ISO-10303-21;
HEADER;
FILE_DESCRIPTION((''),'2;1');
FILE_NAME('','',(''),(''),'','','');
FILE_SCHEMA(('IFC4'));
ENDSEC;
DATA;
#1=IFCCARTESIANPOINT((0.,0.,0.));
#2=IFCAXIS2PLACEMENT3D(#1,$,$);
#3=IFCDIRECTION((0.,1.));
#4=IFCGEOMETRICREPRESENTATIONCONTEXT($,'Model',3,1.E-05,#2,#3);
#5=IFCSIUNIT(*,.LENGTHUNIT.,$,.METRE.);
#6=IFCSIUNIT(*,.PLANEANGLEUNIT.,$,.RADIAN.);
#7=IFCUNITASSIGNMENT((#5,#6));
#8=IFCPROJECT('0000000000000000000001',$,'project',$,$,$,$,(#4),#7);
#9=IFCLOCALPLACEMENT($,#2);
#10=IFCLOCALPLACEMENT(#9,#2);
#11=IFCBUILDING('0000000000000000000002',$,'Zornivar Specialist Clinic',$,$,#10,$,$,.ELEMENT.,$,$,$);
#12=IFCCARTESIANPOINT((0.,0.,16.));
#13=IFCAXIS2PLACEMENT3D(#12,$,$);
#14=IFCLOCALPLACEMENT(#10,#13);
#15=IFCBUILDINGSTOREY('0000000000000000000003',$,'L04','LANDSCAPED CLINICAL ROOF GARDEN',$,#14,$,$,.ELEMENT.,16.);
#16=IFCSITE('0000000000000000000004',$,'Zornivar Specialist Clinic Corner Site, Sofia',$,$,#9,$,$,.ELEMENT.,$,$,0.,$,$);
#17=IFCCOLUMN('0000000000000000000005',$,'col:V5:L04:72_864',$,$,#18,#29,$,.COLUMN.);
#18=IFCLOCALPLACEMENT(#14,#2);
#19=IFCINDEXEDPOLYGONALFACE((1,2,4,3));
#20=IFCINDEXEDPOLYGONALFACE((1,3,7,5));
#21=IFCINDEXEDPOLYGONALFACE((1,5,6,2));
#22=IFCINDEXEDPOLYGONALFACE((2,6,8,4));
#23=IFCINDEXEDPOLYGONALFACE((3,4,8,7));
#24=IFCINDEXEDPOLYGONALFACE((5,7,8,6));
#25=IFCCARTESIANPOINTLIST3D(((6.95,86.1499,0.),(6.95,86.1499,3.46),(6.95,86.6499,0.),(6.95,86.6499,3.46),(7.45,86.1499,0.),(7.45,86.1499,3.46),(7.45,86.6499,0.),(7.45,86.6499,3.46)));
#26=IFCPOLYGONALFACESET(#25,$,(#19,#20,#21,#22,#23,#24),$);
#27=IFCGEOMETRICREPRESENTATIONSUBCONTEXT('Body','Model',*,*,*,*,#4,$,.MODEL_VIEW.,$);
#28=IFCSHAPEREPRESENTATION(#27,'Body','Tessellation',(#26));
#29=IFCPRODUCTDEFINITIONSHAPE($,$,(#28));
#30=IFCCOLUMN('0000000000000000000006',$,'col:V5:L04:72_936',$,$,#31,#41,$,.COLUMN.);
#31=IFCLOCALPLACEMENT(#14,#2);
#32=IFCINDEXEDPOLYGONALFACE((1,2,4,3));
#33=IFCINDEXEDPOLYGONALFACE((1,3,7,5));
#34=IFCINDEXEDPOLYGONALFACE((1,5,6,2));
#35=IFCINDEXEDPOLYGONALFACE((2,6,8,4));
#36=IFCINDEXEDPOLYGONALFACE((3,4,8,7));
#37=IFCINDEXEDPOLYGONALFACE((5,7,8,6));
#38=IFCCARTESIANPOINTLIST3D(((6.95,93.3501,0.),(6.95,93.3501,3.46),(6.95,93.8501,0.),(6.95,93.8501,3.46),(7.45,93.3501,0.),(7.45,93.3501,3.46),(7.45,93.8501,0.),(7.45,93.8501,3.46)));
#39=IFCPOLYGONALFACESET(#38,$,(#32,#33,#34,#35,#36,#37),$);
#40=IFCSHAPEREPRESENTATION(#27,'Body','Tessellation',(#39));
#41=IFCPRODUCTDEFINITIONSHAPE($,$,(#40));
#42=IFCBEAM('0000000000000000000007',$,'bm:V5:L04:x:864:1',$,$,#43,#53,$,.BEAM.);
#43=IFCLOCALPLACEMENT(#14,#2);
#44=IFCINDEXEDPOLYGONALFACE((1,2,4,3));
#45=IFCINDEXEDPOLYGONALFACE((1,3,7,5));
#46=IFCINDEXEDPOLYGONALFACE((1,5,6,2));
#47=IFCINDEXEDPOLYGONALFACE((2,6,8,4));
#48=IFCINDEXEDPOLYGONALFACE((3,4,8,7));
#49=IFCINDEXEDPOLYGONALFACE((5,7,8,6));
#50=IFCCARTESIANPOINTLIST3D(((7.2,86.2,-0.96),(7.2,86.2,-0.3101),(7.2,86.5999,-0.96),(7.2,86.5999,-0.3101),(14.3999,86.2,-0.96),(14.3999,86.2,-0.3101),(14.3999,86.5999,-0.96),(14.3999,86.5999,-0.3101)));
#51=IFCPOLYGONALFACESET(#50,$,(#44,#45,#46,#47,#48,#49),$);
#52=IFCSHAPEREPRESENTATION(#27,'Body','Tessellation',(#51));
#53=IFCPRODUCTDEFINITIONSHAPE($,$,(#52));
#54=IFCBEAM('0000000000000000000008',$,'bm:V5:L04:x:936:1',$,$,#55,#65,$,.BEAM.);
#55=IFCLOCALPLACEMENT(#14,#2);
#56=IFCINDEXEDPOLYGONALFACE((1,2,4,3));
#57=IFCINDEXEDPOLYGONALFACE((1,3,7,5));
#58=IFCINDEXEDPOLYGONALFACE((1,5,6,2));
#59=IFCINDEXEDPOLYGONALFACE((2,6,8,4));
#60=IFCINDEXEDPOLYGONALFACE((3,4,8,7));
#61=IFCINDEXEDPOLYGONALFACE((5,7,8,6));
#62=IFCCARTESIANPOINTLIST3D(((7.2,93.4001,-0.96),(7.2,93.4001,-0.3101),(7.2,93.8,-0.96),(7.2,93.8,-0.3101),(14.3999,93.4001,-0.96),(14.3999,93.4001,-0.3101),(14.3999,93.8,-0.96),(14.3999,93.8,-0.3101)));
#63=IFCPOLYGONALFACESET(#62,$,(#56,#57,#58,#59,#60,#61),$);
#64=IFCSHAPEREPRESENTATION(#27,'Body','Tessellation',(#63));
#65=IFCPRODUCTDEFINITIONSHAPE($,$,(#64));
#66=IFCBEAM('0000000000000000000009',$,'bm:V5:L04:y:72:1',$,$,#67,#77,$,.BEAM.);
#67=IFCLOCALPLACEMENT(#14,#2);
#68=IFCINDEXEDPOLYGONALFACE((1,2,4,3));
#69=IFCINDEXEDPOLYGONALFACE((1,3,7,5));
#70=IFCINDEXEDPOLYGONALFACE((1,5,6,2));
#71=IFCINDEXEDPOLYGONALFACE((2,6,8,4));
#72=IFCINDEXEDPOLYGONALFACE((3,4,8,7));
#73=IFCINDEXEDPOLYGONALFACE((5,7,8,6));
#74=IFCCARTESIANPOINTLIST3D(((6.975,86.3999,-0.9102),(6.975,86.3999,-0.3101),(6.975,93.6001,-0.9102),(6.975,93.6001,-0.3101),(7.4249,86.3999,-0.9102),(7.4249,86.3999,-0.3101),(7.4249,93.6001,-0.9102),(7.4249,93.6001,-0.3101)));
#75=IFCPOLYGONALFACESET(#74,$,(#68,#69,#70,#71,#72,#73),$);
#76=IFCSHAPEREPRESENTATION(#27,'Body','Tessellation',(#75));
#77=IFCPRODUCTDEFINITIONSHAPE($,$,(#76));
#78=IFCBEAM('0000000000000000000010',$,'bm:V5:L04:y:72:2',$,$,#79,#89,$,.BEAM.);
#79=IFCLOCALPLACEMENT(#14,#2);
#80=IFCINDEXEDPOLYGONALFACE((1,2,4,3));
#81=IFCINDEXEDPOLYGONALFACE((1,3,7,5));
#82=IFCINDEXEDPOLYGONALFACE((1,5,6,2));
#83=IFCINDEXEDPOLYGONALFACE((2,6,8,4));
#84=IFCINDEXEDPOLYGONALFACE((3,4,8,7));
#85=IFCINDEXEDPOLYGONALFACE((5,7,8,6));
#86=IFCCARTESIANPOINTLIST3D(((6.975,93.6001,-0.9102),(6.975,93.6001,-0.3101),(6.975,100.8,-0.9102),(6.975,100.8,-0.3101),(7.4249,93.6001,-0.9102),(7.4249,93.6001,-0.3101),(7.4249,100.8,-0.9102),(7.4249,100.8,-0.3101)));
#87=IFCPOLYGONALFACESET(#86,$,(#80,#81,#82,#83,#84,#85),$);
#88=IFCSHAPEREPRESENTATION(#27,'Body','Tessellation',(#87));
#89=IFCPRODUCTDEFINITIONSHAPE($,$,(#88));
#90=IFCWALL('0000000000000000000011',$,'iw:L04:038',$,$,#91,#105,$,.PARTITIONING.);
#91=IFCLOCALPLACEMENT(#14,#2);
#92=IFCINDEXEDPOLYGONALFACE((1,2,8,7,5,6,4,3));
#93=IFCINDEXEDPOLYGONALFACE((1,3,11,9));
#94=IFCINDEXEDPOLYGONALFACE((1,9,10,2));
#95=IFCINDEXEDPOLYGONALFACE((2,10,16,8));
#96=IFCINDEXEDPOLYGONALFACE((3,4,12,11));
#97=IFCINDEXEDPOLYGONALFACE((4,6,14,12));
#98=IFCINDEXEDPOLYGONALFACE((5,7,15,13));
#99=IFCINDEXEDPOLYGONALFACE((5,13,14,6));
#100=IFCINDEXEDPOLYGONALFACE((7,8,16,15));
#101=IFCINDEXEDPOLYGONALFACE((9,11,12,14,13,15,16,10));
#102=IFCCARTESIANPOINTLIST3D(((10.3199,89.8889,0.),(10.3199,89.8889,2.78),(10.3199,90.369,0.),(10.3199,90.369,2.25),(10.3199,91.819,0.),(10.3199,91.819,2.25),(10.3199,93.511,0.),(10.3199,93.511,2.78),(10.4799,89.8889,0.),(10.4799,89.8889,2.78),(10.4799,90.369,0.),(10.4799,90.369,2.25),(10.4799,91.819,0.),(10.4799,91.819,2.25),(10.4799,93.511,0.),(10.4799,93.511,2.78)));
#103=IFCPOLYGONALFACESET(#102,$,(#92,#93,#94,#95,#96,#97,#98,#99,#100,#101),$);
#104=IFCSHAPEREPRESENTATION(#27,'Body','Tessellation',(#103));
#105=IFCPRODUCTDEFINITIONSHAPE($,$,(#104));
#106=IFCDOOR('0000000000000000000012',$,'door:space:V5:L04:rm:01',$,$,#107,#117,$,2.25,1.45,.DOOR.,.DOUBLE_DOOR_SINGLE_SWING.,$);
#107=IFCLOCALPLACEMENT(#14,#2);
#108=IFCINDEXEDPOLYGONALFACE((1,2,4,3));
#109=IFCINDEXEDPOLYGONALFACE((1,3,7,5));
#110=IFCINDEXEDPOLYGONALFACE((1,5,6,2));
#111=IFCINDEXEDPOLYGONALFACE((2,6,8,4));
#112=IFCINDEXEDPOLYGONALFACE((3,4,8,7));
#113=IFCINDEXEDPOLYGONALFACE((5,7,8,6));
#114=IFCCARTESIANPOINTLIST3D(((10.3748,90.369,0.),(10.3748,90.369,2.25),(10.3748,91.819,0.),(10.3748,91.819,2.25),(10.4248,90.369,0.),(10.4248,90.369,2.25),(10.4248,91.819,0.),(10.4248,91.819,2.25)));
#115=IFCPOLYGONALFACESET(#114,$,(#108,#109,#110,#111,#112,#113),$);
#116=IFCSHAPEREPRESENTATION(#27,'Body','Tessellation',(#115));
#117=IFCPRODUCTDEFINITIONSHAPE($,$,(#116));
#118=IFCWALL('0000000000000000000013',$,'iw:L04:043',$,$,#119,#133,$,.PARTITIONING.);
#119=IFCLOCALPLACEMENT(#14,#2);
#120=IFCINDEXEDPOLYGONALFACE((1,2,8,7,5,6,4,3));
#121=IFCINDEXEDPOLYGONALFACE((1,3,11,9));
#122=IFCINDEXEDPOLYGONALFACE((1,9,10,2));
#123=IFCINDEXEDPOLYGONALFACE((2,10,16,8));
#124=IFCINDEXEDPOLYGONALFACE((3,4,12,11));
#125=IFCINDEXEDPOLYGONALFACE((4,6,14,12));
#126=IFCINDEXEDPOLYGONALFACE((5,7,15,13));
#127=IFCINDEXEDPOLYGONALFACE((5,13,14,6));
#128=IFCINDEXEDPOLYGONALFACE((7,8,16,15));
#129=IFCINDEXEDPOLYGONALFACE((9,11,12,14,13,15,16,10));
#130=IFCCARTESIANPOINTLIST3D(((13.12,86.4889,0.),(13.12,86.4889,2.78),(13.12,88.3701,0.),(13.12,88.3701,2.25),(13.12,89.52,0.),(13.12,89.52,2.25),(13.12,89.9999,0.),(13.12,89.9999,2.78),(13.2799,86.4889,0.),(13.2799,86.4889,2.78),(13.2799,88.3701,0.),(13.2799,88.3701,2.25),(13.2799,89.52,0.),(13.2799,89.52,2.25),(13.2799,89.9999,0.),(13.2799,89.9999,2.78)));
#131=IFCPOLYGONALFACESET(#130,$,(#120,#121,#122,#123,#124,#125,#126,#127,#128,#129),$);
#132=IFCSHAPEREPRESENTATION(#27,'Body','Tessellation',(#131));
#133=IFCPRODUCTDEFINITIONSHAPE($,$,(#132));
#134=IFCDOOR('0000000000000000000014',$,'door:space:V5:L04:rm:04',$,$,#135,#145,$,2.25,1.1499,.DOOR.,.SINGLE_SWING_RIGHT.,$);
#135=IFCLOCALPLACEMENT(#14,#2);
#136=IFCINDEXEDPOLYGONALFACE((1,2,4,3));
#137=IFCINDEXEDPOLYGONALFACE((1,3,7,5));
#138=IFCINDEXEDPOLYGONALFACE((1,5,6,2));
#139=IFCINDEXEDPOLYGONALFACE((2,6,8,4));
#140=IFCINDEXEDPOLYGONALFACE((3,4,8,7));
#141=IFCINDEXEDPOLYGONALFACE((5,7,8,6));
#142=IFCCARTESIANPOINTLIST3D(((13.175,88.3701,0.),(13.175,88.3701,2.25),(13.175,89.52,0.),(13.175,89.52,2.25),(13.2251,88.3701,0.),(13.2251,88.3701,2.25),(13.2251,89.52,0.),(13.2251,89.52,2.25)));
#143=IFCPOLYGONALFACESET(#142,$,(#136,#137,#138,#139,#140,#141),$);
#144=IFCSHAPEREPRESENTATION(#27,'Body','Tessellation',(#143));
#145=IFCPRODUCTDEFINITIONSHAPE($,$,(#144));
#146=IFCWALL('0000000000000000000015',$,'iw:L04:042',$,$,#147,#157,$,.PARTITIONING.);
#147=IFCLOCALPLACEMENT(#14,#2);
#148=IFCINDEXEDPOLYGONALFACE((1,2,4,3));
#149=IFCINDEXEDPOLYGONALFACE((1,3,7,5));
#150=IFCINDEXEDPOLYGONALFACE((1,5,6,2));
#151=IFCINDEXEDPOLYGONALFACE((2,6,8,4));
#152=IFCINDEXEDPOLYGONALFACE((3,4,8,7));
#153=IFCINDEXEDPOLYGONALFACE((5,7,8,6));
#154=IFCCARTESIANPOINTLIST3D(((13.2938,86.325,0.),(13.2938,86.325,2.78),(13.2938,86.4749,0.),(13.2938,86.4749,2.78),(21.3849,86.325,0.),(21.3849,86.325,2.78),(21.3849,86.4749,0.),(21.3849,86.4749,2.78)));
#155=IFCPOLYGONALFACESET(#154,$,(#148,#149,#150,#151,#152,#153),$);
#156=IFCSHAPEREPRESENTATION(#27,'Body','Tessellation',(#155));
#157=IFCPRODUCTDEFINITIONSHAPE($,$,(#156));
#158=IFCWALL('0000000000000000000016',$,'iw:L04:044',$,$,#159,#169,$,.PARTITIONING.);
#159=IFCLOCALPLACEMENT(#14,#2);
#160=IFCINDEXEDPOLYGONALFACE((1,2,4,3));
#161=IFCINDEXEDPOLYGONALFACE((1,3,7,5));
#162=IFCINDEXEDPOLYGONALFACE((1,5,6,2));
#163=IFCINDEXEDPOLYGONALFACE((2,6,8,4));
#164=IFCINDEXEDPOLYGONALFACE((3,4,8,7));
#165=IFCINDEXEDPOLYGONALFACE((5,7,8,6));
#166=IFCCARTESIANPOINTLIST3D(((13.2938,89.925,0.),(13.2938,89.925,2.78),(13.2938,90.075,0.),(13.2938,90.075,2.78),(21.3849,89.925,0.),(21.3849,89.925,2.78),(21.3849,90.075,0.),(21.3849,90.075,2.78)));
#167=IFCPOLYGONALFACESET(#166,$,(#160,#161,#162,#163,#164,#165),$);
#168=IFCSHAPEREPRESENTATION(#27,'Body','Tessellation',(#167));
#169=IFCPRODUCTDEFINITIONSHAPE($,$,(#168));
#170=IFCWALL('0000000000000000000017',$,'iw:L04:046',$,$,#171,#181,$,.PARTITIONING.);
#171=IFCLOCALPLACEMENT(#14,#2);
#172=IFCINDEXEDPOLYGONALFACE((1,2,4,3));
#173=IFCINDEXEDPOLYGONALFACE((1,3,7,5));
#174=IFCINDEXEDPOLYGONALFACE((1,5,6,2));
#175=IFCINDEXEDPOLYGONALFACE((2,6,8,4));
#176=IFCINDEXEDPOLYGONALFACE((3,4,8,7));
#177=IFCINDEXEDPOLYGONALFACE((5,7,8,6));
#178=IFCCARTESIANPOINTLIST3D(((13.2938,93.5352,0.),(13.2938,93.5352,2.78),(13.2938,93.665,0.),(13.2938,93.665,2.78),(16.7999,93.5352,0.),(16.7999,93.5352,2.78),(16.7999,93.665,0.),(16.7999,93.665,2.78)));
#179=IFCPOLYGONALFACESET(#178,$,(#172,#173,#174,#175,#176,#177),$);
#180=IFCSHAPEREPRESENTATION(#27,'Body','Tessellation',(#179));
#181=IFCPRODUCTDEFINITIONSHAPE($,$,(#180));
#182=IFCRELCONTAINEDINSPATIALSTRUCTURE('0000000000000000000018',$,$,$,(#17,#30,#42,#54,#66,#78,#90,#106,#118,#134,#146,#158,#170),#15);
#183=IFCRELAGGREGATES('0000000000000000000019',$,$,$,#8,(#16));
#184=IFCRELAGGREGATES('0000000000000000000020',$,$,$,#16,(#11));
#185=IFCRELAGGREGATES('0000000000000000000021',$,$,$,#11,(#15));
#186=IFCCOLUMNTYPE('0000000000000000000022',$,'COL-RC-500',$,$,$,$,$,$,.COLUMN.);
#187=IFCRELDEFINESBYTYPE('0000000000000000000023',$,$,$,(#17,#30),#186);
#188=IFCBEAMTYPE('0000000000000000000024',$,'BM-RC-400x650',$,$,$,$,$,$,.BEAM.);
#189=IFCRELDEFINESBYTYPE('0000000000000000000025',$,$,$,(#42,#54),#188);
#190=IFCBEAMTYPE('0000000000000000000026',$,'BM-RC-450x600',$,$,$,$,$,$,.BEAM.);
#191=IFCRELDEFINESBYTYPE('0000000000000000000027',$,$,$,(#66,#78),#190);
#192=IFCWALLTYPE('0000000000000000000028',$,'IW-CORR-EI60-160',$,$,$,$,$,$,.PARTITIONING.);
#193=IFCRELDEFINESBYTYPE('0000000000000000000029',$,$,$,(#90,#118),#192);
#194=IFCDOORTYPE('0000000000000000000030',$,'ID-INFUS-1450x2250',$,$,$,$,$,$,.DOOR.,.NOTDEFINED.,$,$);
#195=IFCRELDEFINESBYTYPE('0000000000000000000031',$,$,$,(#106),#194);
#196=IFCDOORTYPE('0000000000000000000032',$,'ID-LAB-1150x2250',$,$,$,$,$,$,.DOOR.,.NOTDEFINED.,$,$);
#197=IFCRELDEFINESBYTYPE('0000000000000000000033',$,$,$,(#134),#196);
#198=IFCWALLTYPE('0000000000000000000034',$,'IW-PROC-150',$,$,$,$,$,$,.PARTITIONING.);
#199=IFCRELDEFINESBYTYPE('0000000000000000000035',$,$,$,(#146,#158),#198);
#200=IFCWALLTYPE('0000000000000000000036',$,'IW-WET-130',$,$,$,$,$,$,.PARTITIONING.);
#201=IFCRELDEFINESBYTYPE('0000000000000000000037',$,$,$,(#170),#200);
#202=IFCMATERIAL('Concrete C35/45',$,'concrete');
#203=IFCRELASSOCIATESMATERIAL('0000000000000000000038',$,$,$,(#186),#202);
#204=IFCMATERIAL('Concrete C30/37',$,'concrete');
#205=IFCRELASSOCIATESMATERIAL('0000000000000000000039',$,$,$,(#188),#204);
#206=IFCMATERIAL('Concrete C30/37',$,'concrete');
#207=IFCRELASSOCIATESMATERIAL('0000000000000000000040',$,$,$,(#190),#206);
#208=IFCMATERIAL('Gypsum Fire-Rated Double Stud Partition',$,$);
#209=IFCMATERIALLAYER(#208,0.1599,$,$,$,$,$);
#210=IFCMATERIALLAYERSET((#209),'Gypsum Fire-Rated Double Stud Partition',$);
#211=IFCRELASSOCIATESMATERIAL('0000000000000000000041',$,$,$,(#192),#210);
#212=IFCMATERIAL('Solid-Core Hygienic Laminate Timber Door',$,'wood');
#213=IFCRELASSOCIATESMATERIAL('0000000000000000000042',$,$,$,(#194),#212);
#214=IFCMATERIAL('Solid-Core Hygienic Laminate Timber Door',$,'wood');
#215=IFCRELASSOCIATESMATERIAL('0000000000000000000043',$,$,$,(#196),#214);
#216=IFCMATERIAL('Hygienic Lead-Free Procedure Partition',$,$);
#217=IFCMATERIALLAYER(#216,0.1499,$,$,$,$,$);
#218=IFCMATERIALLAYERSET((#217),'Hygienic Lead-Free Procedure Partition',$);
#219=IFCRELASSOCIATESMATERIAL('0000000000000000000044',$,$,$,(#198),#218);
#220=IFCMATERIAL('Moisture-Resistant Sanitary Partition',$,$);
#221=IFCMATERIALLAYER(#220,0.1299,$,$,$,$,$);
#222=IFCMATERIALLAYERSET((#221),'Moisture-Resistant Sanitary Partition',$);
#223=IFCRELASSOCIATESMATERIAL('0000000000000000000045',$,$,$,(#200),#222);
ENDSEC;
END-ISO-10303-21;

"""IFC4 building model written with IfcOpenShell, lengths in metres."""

from ifc_helpers import new_model, si_unit, direction, frame, frame_2d, origin, origin_2d, place, context, subcontext, project, spatial, rectangle, extrude, material, layer, layer_set, material_profile, profile_set, type_object, element, fill, save


model = new_model("IFC4")

# Units and contexts
model_context = context("Model", 3, precision=1e-05, world=origin(), true_north=direction((0.0, 1.0)))
body_context = subcontext(model_context, "Body", "Model", "MODEL_VIEW")
ifc_project = project(units=[si_unit("LENGTHUNIT", "METRE"), si_unit("PLANEANGLEUNIT", "RADIAN")], contexts=[model_context])

# Site, building, storey
site_placement = place(None, origin())
site = spatial("IfcSite", under=ifc_project, at=site_placement, Name="Zornivar Specialist Clinic Corner Site, Sofia", CompositionType="ELEMENT", RefElevation=0.0)
building_placement = place(site_placement, origin())
building = spatial("IfcBuilding", under=site, at=building_placement, Name="Zornivar Specialist Clinic", CompositionType="ELEMENT")
storey_placement = place(building_placement, frame((0.0, 0.0, 16.0)))
storey = spatial("IfcBuildingStorey", under=building, at=storey_placement, Name="L04", Description="LANDSCAPED CLINICAL ROOF GARDEN", CompositionType="ELEMENT", Elevation=16.0)

# Columns
ifc_material_1 = material(Name="Concrete C35/45", Category="concrete")
ifc_material_profile_1 = material_profile(ifc_material_1, rectangle(XDim=0.5, YDim=0.5, at=origin_2d()), Name="RC 500x500")
ifc_profile_set_1 = profile_set([ifc_material_profile_1], Name="Concrete C35/45")
column_type = type_object("IfcColumnType", Name="COL-RC-500", PredefinedType="COLUMN", material=ifc_profile_set_1)
for number, where, z_axis, x_axis, name in (
    (1, (7.2, 86.3999, 0.0), (0.0, 0.0, 1.0), (1.0, 0.0, 0.0), "col:V5:L04:72_864"),
    (2, (7.2, 93.6001, 0.0), (0.0, 0.0, 1.0), (1.0, 0.0, 0.0), "col:V5:L04:72_936"),
):
    element("IfcColumn", number, at=place(storey_placement, frame(where, z_axis=z_axis, x_axis=x_axis)), inside=storey, type_object=column_type, Name=name, PredefinedType="COLUMN", context=body_context, shape_type="SweptSolid", body=[
        extrude(rectangle(XDim=0.5, YDim=0.5, at=origin_2d()), origin(), (0.0, 0.0, 1.0), 3.46),
    ])

# Beams
ifc_material_2 = material(Name="Concrete C30/37", Category="concrete")
ifc_material_profile_2 = material_profile(ifc_material_2, rectangle(XDim=0.3999, YDim=0.6499, at=origin_2d()), Name="RC 400x650")
ifc_profile_set_2 = profile_set([ifc_material_profile_2], Name="Concrete C30/37")
beam_type_1 = type_object("IfcBeamType", Name="BM-RC-400x650", PredefinedType="BEAM", material=ifc_profile_set_2)
for number, where, z_axis, x_axis, name in (
    (3, (7.2, 86.3999, -0.635), (1.0, 0.0, 0.0), (0.0, 1.0, 0.0), "bm:V5:L04:x:864:1"),
    (4, (7.2, 93.6001, -0.635), (1.0, 0.0, 0.0), (0.0, 1.0, 0.0), "bm:V5:L04:x:936:1"),
):
    element("IfcBeam", number, at=place(storey_placement, frame(where, z_axis=z_axis, x_axis=x_axis)), inside=storey, type_object=beam_type_1, Name=name, PredefinedType="BEAM", context=body_context, shape_type="SweptSolid", body=[
        extrude(rectangle(XDim=0.3999, YDim=0.6499, at=origin_2d()), origin(), (0.0, 0.0, 1.0), 7.2),
    ])
ifc_material_3 = material(Name="Concrete C30/37", Category="concrete")
ifc_material_profile_3 = material_profile(ifc_material_3, rectangle(XDim=0.45, YDim=0.6001, at=origin_2d()), Name="RC 450x600")
ifc_profile_set_3 = profile_set([ifc_material_profile_3], Name="Concrete C30/37")
beam_type_2 = type_object("IfcBeamType", Name="BM-RC-450x600", PredefinedType="BEAM", material=ifc_profile_set_3)
beam_1_placement = place(storey_placement, frame((7.2, 86.3999, -0.6101), z_axis=(0.0, 1.0, 0.0), x_axis=(-1.0, 0.0, 0.0)))
element("IfcBeam", 5, at=beam_1_placement, inside=storey, type_object=beam_type_2, Name="bm:V5:L04:y:72:1", PredefinedType="BEAM", context=body_context, shape_type="SweptSolid", body=[
    extrude(rectangle(XDim=0.45, YDim=0.6001, at=origin_2d()), origin(), (0.0, 0.0, 1.0), 7.2002),
])
beam_2_placement = place(storey_placement, frame((7.2, 93.6001, -0.6101), z_axis=(0.0, 1.0, 0.0), x_axis=(-1.0, 0.0, 0.0)))
element("IfcBeam", 6, at=beam_2_placement, inside=storey, type_object=beam_type_2, Name="bm:V5:L04:y:72:2", PredefinedType="BEAM", context=body_context, shape_type="SweptSolid", body=[
    extrude(rectangle(XDim=0.45, YDim=0.6001, at=origin_2d()), origin(), (0.0, 0.0, 1.0), 7.2),
])

# Walls, openings, doors
ifc_material_4 = material(Name="Gypsum Fire-Rated Double Stud Partition")
ifc_layer_1 = layer(ifc_material_4, 0.1599)
ifc_layer_set_1 = layer_set([ifc_layer_1], Name="Gypsum Fire-Rated Double Stud Partition")
wall_type_1 = type_object("IfcWallType", Name="IW-CORR-EI60-160", PredefinedType="PARTITIONING", material=ifc_layer_set_1)
wall_1_placement = place(storey_placement, frame((10.3999, 93.511, 0.0), z_axis=(0.0, 0.0, 1.0), x_axis=(0.0, -1.0, 0.0)))
wall_1 = element("IfcWall", 7, at=wall_1_placement, inside=storey, type_object=wall_type_1, Name="iw:L04:038", PredefinedType="PARTITIONING", context=body_context, shape_type="SweptSolid", body=[
    extrude(rectangle(XDim=3.6221, YDim=0.1599, at=frame_2d((1.811, 0.0))), origin(), (0.0, 0.0, 1.0), 2.78),
])
opening_1_placement = place(wall_1_placement, frame((1.6919, 0.0, 0.0)))
opening_1 = element("IfcOpeningElement", 8, at=opening_1_placement, cuts=wall_1, PredefinedType="OPENING", context=body_context, shape_type="SweptSolid", body=[
    extrude(rectangle(XDim=1.45, YDim=2.25, at=frame_2d((0.7251, 1.125))), frame((0.0, 0.0898, 0.0), z_axis=(0.0, -1.0, 0.0), x_axis=(1.0, 0.0, 0.0)), (0.0, 0.0, 1.0), 0.1799),
])
ifc_material_5 = material(Name="Solid-Core Hygienic Laminate Timber Door", Category="wood")
door_type_1 = type_object("IfcDoorType", Name="ID-INFUS-1450x2250", OperationType="NOTDEFINED", PredefinedType="DOOR", material=ifc_material_5)
door_1_placement = place(opening_1_placement, origin())
door_1 = element("IfcDoor", 9, at=door_1_placement, inside=storey, type_object=door_type_1, Name="door:space:V5:L04:rm:01", OperationType="DOUBLE_DOOR_SINGLE_SWING", OverallHeight=2.25, OverallWidth=1.45, PredefinedType="DOOR", context=body_context, shape_type="SweptSolid", body=[
    extrude(rectangle(XDim=1.45, YDim=2.25, at=frame_2d((0.7251, 1.125))), frame((0.0, 0.0249, 0.0), z_axis=(0.0, -1.0, 0.0), x_axis=(1.0, 0.0, 0.0)), (0.0, 0.0, 1.0), 0.05),
])
fill(opening_1, door_1)
wall_2_placement = place(storey_placement, frame((13.2, 86.489, 0.0), z_axis=(0.0, 0.0, 1.0), x_axis=(0.0, 1.0, 0.0)))
wall_2 = element("IfcWall", 10, at=wall_2_placement, inside=storey, type_object=wall_type_1, Name="iw:L04:043", PredefinedType="PARTITIONING", context=body_context, shape_type="SweptSolid", body=[
    extrude(rectangle(XDim=3.511, YDim=0.1599, at=frame_2d((1.7554, 0.0))), origin(), (0.0, 0.0, 1.0), 2.78),
])
opening_2_placement = place(wall_2_placement, frame((1.8811, 0.0, 0.0)))
opening_2 = element("IfcOpeningElement", 11, at=opening_2_placement, cuts=wall_2, PredefinedType="OPENING", context=body_context, shape_type="SweptSolid", body=[
    extrude(rectangle(XDim=1.1499, YDim=2.25, at=frame_2d((0.575, 1.125))), frame((0.0, 0.0898, 0.0), z_axis=(0.0, -1.0, 0.0), x_axis=(1.0, 0.0, 0.0)), (0.0, 0.0, 1.0), 0.1799),
])
ifc_material_6 = material(Name="Solid-Core Hygienic Laminate Timber Door", Category="wood")
door_type_2 = type_object("IfcDoorType", Name="ID-LAB-1150x2250", OperationType="NOTDEFINED", PredefinedType="DOOR", material=ifc_material_6)
door_2_placement = place(opening_2_placement, origin())
door_2 = element("IfcDoor", 12, at=door_2_placement, inside=storey, type_object=door_type_2, Name="door:space:V5:L04:rm:04", OperationType="SINGLE_SWING_RIGHT", OverallHeight=2.25, OverallWidth=1.1499, PredefinedType="DOOR", context=body_context, shape_type="SweptSolid", body=[
    extrude(rectangle(XDim=1.1499, YDim=2.25, at=frame_2d((0.575, 1.125))), frame((0.0, 0.0249, 0.0), z_axis=(0.0, -1.0, 0.0), x_axis=(1.0, 0.0, 0.0)), (0.0, 0.0, 1.0), 0.05),
])
fill(opening_2, door_2)

# Walls
ifc_material_7 = material(Name="Hygienic Lead-Free Procedure Partition")
ifc_layer_2 = layer(ifc_material_7, 0.1499)
ifc_layer_set_2 = layer_set([ifc_layer_2], Name="Hygienic Lead-Free Procedure Partition")
wall_type_2 = type_object("IfcWallType", Name="IW-PROC-150", PredefinedType="PARTITIONING", material=ifc_layer_set_2)
for number, where, z_axis, x_axis, name in (
    (13, (13.2939, 86.3999, 0.0), (0.0, 0.0, 1.0), (1.0, 0.0, 0.0), "iw:L04:042"),
    (14, (13.2939, 90.0, 0.0), (0.0, 0.0, 1.0), (1.0, 0.0, 0.0), "iw:L04:044"),
):
    element("IfcWall", number, at=place(storey_placement, frame(where, z_axis=z_axis, x_axis=x_axis)), inside=storey, type_object=wall_type_2, Name=name, PredefinedType="PARTITIONING", context=body_context, shape_type="SweptSolid", body=[
        extrude(rectangle(XDim=8.0911, YDim=0.1499, at=frame_2d((4.0454, 0.0))), origin(), (0.0, 0.0, 1.0), 2.78),
    ])
ifc_material_8 = material(Name="Moisture-Resistant Sanitary Partition")
ifc_layer_3 = layer(ifc_material_8, 0.1299)
ifc_layer_set_3 = layer_set([ifc_layer_3], Name="Moisture-Resistant Sanitary Partition")
wall_type_3 = type_object("IfcWallType", Name="IW-WET-130", PredefinedType="PARTITIONING", material=ifc_layer_set_3)
wall_3_placement = place(storey_placement, frame((13.2939, 93.6001, 0.0), z_axis=(0.0, 0.0, 1.0), x_axis=(1.0, 0.0, 0.0)))
element("IfcWall", 15, at=wall_3_placement, inside=storey, type_object=wall_type_3, Name="iw:L04:046", PredefinedType="PARTITIONING", context=body_context, shape_type="SweptSolid", body=[
    extrude(rectangle(XDim=3.5061, YDim=0.1299, at=frame_2d((1.7529, 0.0))), origin(), (0.0, 0.0, 1.0), 2.78),
])

save(model, "model.ifc")
